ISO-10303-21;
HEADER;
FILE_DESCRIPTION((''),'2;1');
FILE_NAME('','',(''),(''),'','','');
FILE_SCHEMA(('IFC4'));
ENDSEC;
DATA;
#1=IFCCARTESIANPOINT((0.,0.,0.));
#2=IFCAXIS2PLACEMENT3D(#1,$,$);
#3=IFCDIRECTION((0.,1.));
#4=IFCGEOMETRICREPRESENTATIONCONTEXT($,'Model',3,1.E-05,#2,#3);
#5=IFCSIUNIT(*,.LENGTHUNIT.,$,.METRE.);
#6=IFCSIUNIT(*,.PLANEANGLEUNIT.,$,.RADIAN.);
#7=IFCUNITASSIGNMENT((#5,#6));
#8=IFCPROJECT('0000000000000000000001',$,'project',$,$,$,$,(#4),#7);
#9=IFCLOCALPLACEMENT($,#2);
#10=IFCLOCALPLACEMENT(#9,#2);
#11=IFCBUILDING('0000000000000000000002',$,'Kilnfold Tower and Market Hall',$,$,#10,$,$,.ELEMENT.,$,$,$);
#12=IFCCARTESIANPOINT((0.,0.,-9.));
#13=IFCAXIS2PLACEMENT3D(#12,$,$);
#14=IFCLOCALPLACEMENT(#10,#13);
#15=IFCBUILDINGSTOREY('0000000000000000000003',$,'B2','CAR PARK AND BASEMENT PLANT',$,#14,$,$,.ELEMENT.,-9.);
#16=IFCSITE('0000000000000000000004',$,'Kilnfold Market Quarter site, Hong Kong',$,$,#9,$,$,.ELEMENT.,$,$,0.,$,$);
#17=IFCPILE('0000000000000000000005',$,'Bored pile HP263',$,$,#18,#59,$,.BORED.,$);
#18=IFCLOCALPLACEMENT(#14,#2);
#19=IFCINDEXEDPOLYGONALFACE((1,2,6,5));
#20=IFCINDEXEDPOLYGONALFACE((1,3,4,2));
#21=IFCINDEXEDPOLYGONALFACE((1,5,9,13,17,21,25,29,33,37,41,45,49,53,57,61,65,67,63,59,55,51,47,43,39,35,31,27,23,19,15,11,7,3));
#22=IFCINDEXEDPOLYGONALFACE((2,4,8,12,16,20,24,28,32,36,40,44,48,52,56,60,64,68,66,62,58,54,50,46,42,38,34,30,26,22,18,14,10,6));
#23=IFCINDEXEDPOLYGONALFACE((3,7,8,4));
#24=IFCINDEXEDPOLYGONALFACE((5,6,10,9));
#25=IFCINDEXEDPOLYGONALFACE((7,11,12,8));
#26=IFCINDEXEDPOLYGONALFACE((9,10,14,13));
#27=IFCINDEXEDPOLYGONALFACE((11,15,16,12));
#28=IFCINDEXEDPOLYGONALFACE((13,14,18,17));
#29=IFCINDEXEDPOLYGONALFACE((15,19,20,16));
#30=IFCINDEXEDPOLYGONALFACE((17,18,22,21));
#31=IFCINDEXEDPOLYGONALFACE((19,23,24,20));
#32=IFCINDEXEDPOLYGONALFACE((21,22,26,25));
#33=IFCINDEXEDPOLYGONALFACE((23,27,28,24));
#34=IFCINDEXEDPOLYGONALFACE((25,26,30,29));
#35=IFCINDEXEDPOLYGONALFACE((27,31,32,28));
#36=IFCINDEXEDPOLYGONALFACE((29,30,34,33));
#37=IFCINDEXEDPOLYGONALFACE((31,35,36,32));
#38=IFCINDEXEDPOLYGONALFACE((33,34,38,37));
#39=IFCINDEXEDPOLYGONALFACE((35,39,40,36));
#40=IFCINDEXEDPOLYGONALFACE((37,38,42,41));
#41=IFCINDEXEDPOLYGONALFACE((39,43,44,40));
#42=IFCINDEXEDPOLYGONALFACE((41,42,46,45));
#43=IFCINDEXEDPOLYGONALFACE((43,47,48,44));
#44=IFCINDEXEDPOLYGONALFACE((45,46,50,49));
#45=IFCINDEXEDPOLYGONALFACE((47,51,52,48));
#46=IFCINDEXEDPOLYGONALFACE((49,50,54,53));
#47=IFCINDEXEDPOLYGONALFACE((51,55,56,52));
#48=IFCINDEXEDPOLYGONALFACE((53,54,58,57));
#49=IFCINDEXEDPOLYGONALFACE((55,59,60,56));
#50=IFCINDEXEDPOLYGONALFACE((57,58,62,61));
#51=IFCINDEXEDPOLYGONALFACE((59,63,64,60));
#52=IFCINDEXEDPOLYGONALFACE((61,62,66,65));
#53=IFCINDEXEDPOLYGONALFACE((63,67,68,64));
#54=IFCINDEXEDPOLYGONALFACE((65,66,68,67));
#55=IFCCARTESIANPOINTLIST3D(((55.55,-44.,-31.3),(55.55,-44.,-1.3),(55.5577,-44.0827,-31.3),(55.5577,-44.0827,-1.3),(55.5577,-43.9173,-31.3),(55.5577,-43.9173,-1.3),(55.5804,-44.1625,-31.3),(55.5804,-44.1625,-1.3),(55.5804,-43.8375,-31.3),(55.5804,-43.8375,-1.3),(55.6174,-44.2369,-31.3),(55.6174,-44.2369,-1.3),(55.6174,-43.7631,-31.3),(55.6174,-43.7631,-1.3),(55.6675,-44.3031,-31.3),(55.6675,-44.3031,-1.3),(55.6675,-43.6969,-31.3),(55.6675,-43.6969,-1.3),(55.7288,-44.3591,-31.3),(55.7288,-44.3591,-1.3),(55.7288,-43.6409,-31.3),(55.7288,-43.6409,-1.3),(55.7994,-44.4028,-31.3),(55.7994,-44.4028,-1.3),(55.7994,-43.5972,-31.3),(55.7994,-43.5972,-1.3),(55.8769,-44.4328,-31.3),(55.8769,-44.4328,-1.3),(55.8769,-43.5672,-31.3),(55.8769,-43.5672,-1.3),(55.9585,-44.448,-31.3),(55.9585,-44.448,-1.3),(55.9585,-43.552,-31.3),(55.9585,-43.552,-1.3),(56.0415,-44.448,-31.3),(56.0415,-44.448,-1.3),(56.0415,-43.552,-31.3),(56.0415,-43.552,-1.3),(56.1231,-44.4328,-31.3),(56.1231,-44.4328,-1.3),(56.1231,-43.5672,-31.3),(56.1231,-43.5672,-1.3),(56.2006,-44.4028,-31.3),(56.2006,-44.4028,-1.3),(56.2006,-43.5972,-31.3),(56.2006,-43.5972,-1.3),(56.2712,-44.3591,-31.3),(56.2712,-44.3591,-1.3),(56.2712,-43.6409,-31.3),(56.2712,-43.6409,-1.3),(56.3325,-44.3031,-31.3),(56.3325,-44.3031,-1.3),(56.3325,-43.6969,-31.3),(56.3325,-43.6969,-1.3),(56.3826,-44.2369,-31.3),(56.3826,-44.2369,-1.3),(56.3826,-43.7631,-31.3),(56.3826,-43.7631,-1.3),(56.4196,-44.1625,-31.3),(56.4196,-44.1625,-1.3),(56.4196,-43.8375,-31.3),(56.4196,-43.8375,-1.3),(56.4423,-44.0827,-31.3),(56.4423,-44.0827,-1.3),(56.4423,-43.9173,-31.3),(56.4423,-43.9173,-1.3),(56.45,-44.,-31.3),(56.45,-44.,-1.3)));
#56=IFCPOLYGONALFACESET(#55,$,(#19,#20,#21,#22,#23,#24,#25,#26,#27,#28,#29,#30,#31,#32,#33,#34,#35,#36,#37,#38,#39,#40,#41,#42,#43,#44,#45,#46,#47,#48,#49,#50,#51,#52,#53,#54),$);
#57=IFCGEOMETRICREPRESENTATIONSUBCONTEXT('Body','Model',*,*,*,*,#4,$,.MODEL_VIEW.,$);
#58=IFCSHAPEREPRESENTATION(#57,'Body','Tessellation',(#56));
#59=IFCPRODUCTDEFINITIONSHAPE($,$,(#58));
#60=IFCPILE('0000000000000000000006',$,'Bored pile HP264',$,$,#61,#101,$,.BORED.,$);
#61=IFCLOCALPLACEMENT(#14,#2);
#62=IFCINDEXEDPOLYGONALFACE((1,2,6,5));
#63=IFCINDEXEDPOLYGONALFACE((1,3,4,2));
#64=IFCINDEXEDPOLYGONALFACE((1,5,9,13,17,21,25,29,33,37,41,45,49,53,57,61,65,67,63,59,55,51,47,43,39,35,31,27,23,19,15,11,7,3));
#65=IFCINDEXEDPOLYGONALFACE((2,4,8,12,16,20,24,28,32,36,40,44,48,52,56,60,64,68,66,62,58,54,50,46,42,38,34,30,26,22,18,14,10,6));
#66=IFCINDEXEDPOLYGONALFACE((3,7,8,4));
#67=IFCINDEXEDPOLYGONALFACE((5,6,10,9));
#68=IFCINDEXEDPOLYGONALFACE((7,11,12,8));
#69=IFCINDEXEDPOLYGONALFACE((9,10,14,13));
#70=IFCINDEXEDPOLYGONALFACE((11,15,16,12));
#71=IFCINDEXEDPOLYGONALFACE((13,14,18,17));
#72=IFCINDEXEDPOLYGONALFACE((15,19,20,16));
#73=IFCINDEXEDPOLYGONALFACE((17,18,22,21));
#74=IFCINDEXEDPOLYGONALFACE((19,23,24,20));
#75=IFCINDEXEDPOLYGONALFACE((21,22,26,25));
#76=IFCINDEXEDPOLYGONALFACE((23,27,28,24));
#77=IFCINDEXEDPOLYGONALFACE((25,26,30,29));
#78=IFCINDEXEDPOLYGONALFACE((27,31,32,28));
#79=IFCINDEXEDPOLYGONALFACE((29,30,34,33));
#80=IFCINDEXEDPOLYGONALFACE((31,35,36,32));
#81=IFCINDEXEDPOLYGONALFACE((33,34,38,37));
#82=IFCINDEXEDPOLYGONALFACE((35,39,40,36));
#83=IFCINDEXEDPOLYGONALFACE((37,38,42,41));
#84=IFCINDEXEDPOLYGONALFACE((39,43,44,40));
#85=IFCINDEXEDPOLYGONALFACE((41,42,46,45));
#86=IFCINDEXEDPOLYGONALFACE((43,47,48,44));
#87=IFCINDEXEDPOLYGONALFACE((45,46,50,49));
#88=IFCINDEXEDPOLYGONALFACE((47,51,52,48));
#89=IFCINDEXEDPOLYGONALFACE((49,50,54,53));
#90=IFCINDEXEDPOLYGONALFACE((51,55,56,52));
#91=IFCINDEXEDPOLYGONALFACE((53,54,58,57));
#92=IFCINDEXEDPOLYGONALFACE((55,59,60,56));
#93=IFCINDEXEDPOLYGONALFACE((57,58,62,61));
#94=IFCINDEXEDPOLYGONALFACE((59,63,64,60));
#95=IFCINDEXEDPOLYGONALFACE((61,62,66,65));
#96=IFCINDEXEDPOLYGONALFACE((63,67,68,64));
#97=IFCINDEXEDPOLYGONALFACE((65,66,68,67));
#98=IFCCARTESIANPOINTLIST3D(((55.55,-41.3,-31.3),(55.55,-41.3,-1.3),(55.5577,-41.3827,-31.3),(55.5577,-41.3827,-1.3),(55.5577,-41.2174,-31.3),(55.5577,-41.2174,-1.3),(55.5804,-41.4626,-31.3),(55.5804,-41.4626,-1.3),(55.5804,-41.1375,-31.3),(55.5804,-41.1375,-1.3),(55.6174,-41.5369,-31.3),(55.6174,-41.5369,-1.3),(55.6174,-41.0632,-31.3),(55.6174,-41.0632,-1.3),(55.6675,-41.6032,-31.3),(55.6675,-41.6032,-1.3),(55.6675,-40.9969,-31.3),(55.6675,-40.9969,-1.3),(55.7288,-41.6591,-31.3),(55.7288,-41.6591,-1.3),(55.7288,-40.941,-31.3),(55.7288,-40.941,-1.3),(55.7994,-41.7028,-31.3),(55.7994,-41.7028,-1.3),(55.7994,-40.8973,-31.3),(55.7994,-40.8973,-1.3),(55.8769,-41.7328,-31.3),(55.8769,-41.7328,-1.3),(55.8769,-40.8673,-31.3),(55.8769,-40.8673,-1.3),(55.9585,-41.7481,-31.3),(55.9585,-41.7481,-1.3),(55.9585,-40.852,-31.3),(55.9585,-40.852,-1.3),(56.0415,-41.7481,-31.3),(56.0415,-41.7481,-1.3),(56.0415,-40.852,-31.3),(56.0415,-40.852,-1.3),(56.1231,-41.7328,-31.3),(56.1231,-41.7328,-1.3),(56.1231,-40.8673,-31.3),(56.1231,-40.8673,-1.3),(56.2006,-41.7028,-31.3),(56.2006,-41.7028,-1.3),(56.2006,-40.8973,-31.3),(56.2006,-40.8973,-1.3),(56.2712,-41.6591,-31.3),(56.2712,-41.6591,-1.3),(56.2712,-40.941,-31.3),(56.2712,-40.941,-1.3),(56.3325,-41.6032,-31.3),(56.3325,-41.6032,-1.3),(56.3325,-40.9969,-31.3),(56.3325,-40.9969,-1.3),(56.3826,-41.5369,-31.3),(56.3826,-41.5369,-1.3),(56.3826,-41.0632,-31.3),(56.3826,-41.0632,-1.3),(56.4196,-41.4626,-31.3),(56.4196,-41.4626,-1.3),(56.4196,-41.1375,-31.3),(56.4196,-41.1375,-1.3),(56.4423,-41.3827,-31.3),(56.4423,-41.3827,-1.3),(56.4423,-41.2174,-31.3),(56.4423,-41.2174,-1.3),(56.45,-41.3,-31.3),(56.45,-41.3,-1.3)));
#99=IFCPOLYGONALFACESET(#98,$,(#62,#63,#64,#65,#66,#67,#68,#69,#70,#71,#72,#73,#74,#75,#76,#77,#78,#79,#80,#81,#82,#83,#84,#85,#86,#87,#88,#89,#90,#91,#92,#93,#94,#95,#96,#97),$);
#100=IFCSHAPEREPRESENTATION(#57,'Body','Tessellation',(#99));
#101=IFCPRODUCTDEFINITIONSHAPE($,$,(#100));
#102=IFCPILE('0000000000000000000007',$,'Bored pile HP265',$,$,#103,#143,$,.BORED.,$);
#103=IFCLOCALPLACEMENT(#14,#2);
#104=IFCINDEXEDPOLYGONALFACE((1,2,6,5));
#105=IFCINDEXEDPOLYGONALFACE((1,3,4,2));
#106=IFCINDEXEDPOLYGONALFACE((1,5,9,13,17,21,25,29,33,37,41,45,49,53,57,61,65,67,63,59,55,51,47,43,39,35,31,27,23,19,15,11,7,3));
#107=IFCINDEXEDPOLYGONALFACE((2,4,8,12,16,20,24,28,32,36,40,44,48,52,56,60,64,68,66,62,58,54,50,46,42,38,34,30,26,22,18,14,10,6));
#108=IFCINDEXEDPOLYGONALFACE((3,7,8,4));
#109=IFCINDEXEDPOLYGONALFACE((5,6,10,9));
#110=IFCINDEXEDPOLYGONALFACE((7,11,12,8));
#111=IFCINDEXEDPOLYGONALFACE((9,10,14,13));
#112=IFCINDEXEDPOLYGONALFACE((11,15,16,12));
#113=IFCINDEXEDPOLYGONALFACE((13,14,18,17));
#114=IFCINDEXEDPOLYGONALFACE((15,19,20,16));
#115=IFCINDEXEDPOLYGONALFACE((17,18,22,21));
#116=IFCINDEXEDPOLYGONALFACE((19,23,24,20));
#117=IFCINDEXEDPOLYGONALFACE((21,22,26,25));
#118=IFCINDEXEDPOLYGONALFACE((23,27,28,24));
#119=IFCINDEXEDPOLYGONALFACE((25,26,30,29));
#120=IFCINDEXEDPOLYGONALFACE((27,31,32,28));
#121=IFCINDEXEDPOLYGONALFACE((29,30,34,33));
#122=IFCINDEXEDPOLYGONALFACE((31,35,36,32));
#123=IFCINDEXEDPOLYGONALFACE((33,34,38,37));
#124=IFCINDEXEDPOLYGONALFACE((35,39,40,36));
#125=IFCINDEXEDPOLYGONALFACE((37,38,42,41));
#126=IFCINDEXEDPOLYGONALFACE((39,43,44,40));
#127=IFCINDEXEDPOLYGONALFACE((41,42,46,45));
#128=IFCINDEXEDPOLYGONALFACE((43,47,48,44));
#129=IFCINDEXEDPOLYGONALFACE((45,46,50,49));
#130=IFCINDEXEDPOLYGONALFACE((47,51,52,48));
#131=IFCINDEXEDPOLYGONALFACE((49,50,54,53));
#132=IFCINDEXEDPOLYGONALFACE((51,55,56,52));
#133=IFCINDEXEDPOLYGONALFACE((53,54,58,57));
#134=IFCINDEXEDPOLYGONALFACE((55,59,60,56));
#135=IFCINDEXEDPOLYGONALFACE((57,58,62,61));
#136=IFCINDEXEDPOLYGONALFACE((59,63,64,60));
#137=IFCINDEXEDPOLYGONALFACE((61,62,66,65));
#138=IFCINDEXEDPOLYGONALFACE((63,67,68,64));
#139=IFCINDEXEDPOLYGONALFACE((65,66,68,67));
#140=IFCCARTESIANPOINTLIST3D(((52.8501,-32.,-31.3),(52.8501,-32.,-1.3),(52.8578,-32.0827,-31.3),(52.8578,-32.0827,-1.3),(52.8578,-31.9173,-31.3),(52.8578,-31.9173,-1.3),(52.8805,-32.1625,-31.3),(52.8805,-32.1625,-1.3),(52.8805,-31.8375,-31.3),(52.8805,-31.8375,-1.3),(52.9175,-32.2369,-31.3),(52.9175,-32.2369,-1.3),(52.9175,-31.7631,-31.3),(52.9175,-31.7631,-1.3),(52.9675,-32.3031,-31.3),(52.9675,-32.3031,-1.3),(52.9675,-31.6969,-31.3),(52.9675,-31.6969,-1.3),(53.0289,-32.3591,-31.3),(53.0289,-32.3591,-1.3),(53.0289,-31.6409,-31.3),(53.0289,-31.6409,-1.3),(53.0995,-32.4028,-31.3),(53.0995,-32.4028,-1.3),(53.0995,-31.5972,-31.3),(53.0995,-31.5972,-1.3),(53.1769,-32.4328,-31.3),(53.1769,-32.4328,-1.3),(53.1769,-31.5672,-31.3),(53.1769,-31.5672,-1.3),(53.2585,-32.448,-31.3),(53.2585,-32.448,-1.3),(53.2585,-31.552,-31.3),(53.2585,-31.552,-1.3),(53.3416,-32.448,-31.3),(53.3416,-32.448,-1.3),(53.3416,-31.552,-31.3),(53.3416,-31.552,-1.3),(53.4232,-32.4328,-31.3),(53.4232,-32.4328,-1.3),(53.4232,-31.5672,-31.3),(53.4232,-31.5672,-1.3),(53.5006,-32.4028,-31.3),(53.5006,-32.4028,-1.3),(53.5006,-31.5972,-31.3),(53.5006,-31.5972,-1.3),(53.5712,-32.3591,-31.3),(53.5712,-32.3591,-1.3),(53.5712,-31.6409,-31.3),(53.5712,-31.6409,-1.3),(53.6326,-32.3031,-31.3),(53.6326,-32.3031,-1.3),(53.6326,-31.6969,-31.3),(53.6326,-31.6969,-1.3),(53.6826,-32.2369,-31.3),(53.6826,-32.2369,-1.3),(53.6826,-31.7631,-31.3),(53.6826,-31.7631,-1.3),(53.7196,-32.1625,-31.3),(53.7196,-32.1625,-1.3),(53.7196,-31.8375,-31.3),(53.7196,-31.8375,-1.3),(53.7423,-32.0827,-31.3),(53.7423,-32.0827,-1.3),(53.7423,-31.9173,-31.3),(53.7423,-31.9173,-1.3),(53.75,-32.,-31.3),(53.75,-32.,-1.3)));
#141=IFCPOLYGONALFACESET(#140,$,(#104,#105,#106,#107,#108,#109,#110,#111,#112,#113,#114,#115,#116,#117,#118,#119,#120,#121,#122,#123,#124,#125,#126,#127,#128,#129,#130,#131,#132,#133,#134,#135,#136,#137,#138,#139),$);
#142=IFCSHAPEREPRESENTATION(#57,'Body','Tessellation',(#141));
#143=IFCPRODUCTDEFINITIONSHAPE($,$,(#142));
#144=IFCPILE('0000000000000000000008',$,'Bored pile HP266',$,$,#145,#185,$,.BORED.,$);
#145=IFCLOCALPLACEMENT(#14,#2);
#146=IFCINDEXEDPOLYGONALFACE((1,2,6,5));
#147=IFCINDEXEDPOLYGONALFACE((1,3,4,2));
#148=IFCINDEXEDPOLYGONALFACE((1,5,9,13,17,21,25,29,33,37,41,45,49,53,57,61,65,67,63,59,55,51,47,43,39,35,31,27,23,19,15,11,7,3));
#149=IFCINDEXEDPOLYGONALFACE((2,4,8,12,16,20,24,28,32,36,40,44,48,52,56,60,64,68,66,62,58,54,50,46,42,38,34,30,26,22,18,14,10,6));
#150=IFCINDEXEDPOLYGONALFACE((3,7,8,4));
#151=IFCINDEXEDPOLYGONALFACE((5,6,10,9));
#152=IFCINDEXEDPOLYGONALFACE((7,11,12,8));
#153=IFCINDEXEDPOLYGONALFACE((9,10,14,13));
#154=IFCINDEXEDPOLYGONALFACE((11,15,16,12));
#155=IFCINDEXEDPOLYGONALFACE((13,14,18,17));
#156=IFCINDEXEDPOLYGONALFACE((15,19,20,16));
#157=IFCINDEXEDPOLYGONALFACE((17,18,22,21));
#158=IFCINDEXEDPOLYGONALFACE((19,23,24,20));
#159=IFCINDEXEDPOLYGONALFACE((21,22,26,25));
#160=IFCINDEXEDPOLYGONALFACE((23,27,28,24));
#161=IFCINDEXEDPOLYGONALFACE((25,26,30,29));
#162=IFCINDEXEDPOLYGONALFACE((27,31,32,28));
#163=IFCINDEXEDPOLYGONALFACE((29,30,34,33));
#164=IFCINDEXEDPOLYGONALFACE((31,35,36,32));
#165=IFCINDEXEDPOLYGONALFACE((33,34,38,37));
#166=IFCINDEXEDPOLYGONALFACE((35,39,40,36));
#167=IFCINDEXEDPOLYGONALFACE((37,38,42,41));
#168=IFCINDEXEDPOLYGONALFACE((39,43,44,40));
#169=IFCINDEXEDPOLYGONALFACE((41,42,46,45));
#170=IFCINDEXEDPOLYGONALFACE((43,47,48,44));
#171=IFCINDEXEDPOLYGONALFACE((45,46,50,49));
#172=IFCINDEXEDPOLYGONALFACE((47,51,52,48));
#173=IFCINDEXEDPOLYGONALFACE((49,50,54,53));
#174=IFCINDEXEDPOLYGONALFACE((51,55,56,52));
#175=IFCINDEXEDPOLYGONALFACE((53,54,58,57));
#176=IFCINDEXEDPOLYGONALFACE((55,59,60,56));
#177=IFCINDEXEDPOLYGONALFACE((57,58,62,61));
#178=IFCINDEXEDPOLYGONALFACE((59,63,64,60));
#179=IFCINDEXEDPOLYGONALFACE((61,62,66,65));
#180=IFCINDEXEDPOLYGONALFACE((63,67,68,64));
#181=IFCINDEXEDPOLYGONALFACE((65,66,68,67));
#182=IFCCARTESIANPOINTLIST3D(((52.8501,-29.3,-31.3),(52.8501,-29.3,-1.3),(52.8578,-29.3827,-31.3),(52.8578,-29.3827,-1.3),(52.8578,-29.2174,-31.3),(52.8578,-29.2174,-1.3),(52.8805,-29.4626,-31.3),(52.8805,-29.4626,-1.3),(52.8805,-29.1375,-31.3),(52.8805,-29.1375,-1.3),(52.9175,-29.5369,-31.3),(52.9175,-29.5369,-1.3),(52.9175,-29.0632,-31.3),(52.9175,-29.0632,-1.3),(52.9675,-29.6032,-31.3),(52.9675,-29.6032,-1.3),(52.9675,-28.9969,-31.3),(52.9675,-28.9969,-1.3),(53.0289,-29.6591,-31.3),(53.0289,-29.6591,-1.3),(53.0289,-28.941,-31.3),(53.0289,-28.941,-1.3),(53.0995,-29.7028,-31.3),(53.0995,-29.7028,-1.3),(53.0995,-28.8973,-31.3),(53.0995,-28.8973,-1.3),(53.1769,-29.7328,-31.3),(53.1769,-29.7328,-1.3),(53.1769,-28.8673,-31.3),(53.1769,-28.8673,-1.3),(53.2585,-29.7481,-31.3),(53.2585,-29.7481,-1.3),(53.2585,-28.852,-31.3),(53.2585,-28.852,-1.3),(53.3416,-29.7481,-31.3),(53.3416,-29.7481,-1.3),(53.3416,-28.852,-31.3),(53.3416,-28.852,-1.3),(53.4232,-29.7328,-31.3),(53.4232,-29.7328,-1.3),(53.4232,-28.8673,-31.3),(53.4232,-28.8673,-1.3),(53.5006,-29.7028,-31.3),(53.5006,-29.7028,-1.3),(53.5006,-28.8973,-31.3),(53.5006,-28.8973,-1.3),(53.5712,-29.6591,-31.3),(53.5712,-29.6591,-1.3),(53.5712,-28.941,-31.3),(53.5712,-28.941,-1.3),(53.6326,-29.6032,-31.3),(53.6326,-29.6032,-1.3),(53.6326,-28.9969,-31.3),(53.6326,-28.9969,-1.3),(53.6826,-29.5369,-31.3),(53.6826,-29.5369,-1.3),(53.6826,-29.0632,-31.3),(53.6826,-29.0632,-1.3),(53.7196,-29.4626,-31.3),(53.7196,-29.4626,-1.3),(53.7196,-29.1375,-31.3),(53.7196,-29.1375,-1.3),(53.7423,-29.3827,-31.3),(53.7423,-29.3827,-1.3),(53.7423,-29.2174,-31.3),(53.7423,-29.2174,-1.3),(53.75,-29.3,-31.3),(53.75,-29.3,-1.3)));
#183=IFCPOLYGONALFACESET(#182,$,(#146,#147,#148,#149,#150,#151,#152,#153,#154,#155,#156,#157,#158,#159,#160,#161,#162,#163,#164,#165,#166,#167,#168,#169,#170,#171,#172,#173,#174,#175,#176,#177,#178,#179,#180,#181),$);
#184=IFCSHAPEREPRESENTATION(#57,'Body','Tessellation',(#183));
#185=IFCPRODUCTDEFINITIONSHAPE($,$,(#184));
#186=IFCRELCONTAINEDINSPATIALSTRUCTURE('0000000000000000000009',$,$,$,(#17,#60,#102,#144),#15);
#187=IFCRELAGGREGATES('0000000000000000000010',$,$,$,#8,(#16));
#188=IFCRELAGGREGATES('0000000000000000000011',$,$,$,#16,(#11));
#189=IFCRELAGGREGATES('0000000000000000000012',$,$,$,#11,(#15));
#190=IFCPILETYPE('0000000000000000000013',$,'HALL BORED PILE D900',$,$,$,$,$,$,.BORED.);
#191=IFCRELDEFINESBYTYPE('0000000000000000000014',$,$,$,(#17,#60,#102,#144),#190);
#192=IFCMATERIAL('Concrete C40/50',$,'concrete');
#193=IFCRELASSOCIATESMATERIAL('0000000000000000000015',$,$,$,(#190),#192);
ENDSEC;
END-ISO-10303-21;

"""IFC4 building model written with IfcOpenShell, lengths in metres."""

from ifc_helpers import new_model, si_unit, direction, frame, origin, origin_2d, place, context, subcontext, project, spatial, circle, extrude, source, transform, mapped, material, material_profile, profile_set, type_object, element, save


model = new_model("IFC4")

# Units and contexts
model_context = context("Model", 3, precision=1e-05, world=origin(), true_north=direction((0.0, 1.0)))
body_context = subcontext(model_context, "Body", "Model", "MODEL_VIEW")
ifc_project = project(units=[si_unit("LENGTHUNIT", "METRE"), si_unit("PLANEANGLEUNIT", "RADIAN")], contexts=[model_context])

# Site, building, storey
site_placement = place(None, origin())
site = spatial("IfcSite", under=ifc_project, at=site_placement, Name="Kilnfold Market Quarter site, Hong Kong", CompositionType="ELEMENT", RefElevation=0.0)
building_placement = place(site_placement, origin())
building = spatial("IfcBuilding", under=site, at=building_placement, Name="Kilnfold Tower and Market Hall", CompositionType="ELEMENT")
storey_placement = place(building_placement, frame((0.0, 0.0, -9.0)))
storey = spatial("IfcBuildingStorey", under=building, at=storey_placement, Name="B2", Description="CAR PARK AND BASEMENT PLANT", CompositionType="ELEMENT", Elevation=-9.0)

# Piles
ifc_material_1 = material(Name="Concrete C40/50", Category="concrete")
ifc_material_profile_1 = material_profile(ifc_material_1, circle(Radius=0.45, at=origin_2d()), Name="D900")
ifc_profile_set_1 = profile_set([ifc_material_profile_1], Name="Concrete C40/50")
pile_type = type_object("IfcPileType", Name="HALL BORED PILE D900", PredefinedType="BORED", material=ifc_profile_set_1)
shared_shape_1 = source(origin(), body_context, "Body", "SweptSolid", [
    extrude(circle(Radius=0.45, at=origin_2d()), origin(), (0.0, 0.0, 1.0), 30.0),
])
for number, where, z_axis, x_axis, name in (
    (1, (56.0, -44.0, -1.3), (0.0, 0.0, -1.0), (1.0, 0.0, 0.0), "Bored pile HP263"),
    (2, (56.0, -41.3, -1.3), (0.0, 0.0, -1.0), (1.0, 0.0, 0.0), "Bored pile HP264"),
    (3, (53.3, -32.0, -1.3), (0.0, 0.0, -1.0), (1.0, 0.0, 0.0), "Bored pile HP265"),
    (4, (53.3, -29.3, -1.3), (0.0, 0.0, -1.0), (1.0, 0.0, 0.0), "Bored pile HP266"),
):
    element("IfcPile", number, at=place(storey_placement, frame(where, z_axis=z_axis, x_axis=x_axis)), inside=storey, type_object=pile_type, Name=name, PredefinedType="BORED", context=body_context, shape_type="MappedRepresentation", body=[
        mapped(shared_shape_1, transform((0.0, 0.0, 0.0))),
    ])

save(model, "model.ifc")
